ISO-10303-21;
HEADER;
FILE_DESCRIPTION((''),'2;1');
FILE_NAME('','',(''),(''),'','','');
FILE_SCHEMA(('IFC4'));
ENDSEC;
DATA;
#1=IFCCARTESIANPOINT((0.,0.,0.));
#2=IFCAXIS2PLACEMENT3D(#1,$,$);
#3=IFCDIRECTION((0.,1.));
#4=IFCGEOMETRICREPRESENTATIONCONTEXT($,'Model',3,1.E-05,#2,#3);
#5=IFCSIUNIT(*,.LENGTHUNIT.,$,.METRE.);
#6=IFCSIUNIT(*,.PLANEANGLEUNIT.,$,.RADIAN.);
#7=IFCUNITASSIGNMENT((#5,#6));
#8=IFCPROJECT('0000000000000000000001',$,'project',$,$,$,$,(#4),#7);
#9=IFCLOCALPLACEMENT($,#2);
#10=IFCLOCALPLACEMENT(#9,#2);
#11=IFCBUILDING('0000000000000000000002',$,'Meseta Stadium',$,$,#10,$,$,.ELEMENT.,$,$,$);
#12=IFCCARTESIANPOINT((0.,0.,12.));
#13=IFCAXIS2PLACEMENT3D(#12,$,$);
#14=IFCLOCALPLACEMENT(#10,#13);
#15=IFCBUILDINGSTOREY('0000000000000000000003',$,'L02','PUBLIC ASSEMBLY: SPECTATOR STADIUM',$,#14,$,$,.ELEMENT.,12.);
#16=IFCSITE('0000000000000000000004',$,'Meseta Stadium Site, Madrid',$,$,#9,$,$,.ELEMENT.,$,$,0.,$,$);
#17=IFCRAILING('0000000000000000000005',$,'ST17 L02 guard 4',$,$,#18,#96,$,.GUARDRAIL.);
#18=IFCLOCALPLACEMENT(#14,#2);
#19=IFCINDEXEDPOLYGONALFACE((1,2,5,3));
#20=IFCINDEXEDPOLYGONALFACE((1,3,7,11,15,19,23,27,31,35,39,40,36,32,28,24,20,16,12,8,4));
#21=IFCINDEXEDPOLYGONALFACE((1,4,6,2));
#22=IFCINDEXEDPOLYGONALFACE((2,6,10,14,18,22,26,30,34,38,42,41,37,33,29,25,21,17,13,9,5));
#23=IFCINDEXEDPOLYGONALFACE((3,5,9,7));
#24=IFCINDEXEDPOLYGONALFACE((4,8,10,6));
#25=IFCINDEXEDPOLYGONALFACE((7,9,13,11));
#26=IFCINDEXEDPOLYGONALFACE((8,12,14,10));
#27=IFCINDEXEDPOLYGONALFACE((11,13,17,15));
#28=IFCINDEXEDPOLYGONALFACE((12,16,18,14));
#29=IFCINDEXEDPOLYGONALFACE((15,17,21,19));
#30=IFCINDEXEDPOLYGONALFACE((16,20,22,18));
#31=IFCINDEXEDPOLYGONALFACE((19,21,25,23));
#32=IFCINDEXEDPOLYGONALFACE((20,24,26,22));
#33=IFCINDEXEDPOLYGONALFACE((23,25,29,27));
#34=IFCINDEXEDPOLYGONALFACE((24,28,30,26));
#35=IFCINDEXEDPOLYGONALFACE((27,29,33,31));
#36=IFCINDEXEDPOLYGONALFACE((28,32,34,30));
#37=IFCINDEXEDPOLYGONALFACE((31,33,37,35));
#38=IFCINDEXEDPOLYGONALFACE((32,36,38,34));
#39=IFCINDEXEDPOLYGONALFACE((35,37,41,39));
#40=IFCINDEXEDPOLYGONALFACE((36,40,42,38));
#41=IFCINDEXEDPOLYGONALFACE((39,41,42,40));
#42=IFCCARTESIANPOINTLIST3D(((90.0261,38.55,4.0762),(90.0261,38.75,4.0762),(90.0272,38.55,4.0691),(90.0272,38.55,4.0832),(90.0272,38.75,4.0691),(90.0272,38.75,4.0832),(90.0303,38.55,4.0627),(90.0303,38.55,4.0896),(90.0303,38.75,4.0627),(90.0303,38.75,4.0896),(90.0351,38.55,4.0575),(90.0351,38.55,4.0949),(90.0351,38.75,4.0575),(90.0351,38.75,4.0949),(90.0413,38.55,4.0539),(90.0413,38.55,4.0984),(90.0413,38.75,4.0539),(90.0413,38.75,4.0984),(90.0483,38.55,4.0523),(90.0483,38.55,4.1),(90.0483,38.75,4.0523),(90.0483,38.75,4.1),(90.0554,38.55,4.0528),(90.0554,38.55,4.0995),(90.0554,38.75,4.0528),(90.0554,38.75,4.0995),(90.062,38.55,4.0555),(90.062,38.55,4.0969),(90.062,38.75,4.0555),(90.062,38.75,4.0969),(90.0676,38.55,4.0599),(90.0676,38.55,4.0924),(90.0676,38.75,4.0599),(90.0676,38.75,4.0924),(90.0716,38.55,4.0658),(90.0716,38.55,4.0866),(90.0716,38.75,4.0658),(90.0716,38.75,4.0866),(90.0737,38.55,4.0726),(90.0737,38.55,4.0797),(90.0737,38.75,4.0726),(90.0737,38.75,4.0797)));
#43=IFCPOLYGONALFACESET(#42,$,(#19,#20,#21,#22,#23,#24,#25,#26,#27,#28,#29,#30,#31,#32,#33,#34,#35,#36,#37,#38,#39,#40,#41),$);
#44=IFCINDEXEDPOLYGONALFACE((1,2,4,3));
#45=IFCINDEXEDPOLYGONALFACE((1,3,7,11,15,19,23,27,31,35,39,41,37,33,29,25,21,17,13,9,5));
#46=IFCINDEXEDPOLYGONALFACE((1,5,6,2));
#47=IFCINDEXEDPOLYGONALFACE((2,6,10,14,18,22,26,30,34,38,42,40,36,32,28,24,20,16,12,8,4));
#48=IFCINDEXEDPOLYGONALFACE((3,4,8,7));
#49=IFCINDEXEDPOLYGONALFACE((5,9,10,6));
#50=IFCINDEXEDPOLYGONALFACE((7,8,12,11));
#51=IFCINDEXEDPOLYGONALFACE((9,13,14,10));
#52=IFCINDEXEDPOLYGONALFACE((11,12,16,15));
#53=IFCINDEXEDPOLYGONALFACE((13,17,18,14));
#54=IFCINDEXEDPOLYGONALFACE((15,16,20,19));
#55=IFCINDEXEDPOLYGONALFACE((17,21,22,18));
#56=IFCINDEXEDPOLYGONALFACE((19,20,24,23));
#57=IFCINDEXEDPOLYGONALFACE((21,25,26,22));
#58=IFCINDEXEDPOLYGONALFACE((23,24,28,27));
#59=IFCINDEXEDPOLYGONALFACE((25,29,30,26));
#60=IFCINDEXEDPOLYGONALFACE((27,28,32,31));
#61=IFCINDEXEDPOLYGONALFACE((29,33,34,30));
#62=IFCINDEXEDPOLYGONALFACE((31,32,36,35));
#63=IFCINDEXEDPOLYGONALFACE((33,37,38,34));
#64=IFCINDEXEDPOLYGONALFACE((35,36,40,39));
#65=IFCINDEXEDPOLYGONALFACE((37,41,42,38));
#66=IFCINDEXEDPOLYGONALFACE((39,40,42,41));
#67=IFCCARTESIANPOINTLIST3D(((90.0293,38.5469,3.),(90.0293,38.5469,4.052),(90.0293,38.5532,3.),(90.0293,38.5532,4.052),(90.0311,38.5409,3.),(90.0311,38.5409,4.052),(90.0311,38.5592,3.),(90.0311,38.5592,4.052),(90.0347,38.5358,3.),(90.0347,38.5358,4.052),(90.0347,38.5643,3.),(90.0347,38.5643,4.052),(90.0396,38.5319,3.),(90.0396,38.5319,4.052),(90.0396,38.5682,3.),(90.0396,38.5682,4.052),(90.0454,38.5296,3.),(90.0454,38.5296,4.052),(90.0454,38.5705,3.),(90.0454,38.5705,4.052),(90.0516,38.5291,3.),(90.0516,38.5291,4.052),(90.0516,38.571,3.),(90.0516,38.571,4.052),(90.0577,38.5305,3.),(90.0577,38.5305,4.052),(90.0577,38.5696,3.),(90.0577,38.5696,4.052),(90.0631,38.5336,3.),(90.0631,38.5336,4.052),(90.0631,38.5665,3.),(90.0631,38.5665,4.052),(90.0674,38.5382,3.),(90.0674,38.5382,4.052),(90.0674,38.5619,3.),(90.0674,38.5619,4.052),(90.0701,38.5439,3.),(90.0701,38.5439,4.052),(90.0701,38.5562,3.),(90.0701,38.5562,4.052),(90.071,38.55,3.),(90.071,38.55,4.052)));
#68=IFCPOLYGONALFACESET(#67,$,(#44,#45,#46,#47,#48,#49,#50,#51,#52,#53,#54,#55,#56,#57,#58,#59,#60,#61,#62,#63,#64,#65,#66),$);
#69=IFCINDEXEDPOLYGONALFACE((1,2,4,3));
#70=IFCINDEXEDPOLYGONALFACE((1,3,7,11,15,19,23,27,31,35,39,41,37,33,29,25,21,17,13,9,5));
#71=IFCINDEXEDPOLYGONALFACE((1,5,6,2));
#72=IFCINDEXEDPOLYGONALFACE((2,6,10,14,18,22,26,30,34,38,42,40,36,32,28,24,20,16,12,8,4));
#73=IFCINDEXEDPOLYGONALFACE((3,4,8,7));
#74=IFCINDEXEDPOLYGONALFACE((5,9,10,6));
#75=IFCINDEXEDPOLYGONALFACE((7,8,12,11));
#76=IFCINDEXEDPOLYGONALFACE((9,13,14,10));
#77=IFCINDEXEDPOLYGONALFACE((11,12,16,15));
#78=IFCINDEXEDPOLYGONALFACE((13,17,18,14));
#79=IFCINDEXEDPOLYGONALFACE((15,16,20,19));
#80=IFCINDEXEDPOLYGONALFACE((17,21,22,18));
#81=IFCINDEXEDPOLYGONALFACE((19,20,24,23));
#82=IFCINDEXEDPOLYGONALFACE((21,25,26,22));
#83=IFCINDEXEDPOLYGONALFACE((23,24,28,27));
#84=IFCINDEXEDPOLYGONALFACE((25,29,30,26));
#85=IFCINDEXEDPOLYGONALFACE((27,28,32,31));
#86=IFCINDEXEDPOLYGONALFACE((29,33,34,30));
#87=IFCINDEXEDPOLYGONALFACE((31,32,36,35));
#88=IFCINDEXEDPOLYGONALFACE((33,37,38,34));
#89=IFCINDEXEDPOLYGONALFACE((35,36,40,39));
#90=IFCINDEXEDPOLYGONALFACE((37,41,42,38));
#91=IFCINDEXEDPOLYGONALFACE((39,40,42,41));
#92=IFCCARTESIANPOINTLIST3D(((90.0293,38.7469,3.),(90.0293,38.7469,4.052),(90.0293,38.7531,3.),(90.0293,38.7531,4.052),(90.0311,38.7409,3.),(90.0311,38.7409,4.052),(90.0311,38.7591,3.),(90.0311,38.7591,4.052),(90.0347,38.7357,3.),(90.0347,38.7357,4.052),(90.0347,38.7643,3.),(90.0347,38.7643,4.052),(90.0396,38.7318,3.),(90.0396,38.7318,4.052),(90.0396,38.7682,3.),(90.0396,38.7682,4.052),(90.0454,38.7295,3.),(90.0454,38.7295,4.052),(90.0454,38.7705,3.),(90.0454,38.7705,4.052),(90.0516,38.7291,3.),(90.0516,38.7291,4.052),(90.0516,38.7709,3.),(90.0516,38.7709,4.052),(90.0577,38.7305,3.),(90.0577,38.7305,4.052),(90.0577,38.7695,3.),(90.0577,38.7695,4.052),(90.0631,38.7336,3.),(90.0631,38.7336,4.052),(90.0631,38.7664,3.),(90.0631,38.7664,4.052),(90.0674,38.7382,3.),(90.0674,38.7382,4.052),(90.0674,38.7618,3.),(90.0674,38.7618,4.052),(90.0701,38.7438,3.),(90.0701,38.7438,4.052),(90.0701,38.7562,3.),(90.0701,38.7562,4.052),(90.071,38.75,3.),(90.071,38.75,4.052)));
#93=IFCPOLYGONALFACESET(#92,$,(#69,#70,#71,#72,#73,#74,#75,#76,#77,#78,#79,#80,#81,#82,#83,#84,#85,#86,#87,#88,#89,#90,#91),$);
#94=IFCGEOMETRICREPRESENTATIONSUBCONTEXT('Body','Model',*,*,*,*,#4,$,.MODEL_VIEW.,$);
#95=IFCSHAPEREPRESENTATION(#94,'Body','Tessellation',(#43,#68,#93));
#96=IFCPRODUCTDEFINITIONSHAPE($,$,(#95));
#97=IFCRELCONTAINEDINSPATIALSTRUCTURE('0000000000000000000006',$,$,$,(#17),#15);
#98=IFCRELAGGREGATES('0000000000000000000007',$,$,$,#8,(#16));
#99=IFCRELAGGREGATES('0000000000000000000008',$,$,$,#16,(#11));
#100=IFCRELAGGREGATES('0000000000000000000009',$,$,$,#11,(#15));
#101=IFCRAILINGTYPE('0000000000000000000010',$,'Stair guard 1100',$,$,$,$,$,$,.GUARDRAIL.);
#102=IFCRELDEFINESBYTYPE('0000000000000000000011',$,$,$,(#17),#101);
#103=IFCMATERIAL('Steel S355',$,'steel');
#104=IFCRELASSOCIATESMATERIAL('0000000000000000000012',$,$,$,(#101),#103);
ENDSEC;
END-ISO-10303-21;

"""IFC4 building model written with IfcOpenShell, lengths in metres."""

from ifc_helpers import new_model, si_unit, direction, frame, origin, origin_2d, place, context, subcontext, project, spatial, circle, extrude, material, type_object, element, save


model = new_model("IFC4")

# Units and contexts
model_context = context("Model", 3, precision=1e-05, world=origin(), true_north=direction((0.0, 1.0)))
body_context = subcontext(model_context, "Body", "Model", "MODEL_VIEW")
ifc_project = project(units=[si_unit("LENGTHUNIT", "METRE"), si_unit("PLANEANGLEUNIT", "RADIAN")], contexts=[model_context])

# Site, building, storey
site_placement = place(None, origin())
site = spatial("IfcSite", under=ifc_project, at=site_placement, Name="Meseta Stadium Site, Madrid", CompositionType="ELEMENT", RefElevation=0.0)
building_placement = place(site_placement, origin())
building = spatial("IfcBuilding", under=site, at=building_placement, Name="Meseta Stadium", CompositionType="ELEMENT")
storey_placement = place(building_placement, frame((0.0, 0.0, 12.0)))
storey = spatial("IfcBuildingStorey", under=building, at=storey_placement, Name="L02", Description="PUBLIC ASSEMBLY: SPECTATOR STADIUM", CompositionType="ELEMENT", Elevation=12.0)

# Railing
ifc_material_1 = material(Name="Steel S355", Category="steel")
railing_type_1 = type_object("IfcRailingType", Name="Stair guard 1100", PredefinedType="GUARDRAIL", material=ifc_material_1)
railing_1_placement = place(storey_placement, frame((90.05, 38.55, 3.0)))
element("IfcRailing", 1, at=railing_1_placement, inside=storey, type_object=railing_type_1, Name="ST17 L02 guard 4", PredefinedType="GUARDRAIL", context=body_context, shape_type="SweptSolid", body=[
    extrude(circle(Radius=0.0239, at=origin_2d()), frame((0.0, 0.0, 1.0762), z_axis=(0.0, 1.0, 0.0), x_axis=(-1.0, 0.0, 0.0)), (0.0, 0.0, 1.0), 0.2),
    extrude(circle(Radius=0.021, at=origin_2d()), origin(), (0.0, 0.0, 1.0), 1.052),
    extrude(circle(Radius=0.021, at=origin_2d()), frame((0.0, 0.2, 0.0)), (0.0, 0.0, 1.0), 1.052),
])

save(model, "model.ifc")
